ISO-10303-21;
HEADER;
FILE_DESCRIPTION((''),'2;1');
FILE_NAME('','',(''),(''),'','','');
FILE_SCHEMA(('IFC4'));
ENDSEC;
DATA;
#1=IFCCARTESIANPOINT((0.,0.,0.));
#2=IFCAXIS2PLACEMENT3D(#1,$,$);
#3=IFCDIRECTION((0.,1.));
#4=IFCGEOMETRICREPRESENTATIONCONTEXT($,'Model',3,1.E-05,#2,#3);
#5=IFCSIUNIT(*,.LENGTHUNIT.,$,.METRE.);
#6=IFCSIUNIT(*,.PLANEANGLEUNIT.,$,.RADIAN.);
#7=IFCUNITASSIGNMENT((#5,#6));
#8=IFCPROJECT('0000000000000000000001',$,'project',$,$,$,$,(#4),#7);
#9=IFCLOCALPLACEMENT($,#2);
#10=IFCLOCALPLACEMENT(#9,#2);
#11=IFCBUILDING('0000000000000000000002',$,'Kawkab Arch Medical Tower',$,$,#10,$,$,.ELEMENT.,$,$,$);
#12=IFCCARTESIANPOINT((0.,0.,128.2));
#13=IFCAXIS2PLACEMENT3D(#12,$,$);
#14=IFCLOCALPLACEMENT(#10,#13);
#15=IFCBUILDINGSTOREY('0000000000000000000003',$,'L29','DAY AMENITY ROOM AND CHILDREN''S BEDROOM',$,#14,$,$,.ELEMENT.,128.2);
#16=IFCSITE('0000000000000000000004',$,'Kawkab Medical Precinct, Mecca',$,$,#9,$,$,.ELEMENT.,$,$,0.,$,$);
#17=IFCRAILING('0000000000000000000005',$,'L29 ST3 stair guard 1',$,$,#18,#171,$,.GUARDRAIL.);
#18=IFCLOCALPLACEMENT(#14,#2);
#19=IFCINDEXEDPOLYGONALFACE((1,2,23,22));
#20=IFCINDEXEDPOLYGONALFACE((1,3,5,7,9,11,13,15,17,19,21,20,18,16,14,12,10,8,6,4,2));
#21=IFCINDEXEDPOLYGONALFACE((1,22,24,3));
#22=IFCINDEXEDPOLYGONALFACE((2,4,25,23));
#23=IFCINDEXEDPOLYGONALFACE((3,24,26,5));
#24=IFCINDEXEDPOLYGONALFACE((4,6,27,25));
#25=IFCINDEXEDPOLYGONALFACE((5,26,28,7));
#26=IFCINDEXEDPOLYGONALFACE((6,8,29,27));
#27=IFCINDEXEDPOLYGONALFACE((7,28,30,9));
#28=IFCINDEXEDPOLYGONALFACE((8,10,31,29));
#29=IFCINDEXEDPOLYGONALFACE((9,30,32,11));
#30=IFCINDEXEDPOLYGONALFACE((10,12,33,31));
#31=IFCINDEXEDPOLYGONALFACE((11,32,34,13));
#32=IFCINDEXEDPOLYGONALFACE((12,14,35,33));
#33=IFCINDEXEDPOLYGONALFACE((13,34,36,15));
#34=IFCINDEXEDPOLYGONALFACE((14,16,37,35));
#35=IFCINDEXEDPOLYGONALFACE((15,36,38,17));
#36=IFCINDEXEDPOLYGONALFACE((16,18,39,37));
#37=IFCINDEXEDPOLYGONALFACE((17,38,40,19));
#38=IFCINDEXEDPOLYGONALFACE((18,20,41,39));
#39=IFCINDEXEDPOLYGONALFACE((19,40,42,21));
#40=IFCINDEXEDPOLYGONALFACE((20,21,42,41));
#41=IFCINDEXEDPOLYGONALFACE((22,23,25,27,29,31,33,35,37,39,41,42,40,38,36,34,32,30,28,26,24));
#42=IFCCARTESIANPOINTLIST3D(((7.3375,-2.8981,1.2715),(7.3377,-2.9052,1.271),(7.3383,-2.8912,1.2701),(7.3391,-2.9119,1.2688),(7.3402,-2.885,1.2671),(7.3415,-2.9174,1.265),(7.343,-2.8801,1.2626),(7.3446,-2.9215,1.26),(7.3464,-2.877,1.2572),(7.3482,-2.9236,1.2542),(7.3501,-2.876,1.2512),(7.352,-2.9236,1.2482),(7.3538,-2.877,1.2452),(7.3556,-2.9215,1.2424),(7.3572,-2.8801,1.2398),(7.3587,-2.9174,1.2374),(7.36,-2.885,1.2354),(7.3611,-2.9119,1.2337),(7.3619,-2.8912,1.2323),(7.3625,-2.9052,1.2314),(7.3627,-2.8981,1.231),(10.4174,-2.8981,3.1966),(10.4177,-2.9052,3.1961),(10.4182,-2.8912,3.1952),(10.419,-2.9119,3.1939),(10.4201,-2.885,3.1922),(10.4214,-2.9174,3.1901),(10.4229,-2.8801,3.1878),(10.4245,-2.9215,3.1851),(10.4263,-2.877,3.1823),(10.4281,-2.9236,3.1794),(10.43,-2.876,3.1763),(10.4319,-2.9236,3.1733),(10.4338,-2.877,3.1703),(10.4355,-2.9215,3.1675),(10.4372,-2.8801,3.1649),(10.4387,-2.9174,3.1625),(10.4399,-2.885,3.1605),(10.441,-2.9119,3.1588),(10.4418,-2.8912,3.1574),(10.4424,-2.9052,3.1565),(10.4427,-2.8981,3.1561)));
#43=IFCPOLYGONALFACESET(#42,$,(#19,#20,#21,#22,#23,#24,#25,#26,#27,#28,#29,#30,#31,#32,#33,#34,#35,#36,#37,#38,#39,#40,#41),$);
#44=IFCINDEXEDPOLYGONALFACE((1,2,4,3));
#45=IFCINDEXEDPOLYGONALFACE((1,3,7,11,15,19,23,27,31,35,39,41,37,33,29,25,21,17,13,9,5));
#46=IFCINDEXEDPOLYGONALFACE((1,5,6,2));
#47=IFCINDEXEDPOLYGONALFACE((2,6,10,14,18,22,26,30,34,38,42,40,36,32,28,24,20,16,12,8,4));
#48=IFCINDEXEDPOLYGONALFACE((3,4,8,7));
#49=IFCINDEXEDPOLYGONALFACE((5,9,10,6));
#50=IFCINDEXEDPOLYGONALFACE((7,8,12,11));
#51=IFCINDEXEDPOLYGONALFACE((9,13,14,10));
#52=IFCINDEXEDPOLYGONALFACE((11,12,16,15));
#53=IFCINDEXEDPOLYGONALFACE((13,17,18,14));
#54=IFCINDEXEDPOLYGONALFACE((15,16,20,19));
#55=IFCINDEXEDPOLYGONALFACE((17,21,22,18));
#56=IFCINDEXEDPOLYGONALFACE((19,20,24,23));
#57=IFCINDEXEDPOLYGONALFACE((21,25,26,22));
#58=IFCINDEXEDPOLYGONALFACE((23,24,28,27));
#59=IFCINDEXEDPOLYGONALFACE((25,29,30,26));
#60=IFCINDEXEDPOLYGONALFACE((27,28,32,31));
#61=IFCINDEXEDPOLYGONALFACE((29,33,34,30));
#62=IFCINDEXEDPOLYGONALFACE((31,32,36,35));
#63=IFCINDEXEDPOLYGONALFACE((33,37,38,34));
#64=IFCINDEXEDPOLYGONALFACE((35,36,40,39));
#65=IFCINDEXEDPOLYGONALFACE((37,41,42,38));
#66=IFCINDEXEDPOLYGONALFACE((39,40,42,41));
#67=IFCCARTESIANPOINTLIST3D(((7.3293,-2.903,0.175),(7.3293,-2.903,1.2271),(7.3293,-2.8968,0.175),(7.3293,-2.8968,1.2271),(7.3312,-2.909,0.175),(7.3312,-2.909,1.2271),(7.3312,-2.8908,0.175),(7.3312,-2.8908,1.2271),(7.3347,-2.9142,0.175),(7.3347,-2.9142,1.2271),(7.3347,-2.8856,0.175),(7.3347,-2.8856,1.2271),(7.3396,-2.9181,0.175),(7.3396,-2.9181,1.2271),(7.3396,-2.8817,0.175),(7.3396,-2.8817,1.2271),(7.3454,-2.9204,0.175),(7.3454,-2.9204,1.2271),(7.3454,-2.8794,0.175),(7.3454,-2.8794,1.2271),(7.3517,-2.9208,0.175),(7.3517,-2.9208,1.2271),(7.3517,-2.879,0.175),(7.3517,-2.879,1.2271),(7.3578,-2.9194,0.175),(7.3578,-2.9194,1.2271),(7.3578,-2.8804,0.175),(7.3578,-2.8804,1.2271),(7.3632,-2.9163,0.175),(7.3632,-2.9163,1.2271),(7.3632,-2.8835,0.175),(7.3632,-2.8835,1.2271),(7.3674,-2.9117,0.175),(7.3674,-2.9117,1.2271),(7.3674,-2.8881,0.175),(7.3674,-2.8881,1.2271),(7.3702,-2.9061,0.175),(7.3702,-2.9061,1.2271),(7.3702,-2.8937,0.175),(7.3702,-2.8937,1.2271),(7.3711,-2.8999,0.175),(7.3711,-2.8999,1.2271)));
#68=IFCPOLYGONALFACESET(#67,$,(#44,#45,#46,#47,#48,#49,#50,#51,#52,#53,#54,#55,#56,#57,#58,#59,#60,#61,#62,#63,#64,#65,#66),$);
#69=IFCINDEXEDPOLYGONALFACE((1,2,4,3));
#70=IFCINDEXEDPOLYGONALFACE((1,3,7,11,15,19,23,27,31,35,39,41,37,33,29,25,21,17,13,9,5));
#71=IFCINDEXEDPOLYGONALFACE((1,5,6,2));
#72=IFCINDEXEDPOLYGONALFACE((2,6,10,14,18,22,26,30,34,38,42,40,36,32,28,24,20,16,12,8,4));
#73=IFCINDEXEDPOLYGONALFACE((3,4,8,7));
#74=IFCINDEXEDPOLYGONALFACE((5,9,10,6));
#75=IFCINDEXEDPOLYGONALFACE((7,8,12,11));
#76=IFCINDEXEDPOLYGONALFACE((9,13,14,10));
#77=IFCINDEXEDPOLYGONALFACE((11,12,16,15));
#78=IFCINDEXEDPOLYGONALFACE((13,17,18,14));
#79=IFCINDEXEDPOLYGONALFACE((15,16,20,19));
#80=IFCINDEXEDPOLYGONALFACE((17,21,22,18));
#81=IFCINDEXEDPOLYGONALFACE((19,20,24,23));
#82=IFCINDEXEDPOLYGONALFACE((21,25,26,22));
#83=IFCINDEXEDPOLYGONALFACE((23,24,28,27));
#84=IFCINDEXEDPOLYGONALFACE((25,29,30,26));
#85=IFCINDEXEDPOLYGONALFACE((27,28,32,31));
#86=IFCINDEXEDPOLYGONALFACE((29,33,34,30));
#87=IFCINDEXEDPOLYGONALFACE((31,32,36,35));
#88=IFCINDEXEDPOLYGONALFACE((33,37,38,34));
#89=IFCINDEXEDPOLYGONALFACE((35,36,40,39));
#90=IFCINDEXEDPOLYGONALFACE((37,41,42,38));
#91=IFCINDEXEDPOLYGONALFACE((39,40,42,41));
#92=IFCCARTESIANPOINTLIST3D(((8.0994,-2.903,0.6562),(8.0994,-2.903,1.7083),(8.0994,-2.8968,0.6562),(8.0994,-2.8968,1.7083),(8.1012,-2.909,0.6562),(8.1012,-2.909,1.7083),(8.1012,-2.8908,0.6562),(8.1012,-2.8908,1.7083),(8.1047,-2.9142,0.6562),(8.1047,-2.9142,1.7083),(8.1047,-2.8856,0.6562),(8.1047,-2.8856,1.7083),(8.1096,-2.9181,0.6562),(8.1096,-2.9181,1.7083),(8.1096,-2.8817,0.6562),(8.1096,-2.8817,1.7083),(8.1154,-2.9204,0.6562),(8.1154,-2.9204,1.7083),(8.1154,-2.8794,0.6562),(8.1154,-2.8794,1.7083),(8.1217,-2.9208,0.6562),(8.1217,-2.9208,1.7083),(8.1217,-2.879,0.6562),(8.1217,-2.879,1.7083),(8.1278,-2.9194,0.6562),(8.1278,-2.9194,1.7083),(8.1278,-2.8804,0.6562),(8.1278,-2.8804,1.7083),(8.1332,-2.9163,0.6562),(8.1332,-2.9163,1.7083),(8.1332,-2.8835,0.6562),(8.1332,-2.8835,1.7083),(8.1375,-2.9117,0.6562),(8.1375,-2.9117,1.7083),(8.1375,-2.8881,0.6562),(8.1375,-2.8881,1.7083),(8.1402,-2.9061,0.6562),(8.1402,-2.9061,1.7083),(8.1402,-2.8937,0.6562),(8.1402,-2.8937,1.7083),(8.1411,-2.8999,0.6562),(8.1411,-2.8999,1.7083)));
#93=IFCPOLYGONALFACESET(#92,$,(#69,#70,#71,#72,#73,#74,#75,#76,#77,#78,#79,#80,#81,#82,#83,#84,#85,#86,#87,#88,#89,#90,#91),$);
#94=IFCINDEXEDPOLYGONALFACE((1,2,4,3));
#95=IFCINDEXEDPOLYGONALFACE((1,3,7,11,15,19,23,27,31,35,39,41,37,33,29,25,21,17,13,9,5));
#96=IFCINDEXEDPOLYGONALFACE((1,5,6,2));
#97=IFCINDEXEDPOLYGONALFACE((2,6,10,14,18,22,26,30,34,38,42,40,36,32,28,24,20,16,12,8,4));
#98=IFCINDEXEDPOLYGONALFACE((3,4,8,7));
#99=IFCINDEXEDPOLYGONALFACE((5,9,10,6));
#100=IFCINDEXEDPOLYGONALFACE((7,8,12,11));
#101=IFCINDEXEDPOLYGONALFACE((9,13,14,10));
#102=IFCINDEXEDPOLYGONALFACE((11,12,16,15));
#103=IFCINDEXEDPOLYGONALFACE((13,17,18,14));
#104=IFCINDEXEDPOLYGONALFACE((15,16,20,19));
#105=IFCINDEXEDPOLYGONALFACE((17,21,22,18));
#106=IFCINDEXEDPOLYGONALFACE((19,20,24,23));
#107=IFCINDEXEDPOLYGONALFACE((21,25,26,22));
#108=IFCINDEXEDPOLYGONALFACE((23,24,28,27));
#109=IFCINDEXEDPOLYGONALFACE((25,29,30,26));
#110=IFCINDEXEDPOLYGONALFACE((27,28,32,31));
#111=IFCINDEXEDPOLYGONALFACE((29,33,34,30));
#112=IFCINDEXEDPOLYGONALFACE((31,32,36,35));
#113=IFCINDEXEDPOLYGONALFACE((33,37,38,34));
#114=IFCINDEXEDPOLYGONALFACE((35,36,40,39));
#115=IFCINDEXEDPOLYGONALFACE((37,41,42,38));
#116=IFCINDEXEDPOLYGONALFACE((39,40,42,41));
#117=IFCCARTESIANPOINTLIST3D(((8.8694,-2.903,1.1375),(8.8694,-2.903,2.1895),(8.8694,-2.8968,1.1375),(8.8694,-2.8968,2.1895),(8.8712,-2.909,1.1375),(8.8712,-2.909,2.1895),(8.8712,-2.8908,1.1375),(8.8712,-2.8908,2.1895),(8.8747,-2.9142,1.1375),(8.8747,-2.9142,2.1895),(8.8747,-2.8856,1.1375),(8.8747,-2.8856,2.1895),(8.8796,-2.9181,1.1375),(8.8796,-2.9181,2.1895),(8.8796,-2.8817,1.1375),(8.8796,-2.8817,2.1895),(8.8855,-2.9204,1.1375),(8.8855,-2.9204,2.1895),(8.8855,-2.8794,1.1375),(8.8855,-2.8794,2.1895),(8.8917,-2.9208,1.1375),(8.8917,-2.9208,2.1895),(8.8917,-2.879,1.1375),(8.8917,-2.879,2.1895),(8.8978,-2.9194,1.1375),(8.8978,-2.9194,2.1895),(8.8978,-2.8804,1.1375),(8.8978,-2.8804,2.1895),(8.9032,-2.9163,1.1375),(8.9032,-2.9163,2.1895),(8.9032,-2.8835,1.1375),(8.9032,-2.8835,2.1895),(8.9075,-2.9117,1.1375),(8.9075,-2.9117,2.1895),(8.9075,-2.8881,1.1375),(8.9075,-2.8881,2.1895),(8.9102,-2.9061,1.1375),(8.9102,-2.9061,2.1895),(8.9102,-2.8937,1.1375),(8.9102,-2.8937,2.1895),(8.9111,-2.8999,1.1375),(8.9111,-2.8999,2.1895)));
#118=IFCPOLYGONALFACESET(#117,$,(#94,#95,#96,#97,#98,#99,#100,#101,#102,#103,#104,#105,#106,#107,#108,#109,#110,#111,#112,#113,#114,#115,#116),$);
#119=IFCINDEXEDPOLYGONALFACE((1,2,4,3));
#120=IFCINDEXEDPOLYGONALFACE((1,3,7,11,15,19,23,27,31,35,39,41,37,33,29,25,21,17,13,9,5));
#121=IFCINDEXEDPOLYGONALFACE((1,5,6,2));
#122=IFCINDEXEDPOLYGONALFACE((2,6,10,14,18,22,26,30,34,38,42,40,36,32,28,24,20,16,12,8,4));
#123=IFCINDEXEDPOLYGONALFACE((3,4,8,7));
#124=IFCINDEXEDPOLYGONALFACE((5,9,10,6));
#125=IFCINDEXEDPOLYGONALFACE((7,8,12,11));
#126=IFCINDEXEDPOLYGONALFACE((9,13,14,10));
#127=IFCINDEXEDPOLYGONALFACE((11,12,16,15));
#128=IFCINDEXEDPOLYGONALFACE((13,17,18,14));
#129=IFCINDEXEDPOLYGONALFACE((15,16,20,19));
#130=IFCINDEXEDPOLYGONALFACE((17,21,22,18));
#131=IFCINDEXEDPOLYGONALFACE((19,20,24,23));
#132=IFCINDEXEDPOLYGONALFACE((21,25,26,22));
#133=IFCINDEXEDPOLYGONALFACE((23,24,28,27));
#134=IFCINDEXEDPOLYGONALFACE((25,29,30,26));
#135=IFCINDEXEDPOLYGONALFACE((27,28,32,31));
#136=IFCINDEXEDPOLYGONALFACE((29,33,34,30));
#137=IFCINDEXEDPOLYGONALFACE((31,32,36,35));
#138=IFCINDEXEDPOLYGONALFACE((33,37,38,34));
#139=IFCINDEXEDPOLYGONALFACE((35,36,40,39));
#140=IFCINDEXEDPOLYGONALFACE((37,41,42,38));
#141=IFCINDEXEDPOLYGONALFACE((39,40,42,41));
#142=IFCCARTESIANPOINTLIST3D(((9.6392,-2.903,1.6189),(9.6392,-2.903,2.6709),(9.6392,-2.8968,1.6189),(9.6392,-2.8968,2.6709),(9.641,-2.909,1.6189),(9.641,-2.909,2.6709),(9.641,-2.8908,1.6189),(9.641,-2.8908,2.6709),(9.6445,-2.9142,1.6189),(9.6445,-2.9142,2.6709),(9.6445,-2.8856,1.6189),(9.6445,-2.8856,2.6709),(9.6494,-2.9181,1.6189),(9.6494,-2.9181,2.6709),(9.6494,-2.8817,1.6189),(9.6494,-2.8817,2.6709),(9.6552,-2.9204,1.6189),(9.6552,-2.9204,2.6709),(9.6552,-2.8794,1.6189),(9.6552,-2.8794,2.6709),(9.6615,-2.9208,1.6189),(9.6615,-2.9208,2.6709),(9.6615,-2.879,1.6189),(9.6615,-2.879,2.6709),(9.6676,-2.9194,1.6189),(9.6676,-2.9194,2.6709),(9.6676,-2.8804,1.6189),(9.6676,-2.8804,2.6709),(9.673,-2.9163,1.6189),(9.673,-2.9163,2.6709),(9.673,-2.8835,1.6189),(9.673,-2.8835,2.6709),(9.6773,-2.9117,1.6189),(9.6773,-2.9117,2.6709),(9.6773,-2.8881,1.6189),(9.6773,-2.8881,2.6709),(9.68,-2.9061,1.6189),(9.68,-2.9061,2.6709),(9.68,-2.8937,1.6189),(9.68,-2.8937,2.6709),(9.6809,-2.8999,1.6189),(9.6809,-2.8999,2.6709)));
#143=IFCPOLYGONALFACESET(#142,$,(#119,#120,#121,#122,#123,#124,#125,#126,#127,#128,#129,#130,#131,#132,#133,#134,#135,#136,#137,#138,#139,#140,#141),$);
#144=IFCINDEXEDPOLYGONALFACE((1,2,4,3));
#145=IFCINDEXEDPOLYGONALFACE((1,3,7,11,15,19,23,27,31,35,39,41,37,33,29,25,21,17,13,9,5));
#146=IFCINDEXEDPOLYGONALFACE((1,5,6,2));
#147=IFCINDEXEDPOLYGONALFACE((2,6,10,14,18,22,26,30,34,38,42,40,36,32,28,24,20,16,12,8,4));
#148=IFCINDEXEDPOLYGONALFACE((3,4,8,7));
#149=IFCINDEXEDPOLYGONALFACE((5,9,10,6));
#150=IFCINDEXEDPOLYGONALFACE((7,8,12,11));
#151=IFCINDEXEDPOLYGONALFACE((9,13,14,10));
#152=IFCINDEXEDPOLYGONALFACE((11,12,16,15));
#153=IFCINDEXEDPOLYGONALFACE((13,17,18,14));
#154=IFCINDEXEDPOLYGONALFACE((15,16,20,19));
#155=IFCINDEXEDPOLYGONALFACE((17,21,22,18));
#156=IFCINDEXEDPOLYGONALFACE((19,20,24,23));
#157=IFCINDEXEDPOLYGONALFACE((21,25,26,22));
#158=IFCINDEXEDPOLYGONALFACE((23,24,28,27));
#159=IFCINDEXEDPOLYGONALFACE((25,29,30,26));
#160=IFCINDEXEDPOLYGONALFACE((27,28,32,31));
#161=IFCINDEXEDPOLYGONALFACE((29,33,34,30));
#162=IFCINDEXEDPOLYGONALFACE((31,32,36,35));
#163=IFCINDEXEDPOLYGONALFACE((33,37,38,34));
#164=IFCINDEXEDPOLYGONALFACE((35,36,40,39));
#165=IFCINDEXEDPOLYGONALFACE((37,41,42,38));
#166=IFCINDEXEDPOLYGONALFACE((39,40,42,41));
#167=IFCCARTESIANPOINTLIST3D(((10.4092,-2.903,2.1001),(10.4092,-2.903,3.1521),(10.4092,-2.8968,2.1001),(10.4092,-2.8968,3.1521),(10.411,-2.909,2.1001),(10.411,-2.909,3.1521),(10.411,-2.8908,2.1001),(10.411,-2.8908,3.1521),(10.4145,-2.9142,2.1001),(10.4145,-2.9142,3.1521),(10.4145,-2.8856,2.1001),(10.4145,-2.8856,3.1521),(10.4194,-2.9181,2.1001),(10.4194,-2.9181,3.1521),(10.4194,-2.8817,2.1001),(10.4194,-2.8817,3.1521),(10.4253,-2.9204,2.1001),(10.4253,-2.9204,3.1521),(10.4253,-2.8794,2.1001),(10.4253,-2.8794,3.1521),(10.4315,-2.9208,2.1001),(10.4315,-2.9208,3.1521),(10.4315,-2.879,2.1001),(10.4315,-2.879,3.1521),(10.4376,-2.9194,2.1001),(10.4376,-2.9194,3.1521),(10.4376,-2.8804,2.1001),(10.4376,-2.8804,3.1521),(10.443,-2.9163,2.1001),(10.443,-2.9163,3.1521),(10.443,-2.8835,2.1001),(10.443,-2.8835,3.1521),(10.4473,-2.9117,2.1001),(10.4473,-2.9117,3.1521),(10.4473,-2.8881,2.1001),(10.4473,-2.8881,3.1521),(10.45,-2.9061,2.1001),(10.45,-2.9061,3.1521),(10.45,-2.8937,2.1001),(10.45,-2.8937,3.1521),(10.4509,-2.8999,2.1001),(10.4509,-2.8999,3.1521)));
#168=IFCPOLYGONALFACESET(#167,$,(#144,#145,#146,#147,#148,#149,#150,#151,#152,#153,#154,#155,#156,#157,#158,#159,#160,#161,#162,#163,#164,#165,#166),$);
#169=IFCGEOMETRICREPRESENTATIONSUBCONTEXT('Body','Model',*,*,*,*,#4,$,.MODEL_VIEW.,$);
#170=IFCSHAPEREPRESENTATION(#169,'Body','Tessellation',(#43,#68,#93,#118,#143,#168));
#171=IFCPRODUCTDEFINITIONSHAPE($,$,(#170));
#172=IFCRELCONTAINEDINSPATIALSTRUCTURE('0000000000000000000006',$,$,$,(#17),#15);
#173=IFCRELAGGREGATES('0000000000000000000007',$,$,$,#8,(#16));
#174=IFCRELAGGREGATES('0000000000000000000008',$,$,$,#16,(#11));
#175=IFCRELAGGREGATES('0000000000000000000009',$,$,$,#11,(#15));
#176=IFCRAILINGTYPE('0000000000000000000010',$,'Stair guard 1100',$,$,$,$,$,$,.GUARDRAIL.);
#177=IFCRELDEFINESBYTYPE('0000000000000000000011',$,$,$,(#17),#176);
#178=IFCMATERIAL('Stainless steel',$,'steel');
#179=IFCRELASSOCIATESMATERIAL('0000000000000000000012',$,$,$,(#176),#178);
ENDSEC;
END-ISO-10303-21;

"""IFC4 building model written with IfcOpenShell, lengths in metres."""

from ifc_helpers import new_model, si_unit, direction, frame, origin, origin_2d, place, context, subcontext, project, spatial, circle, extrude, material, type_object, element, save


model = new_model("IFC4")

# Units and contexts
model_context = context("Model", 3, precision=1e-05, world=origin(), true_north=direction((0.0, 1.0)))
body_context = subcontext(model_context, "Body", "Model", "MODEL_VIEW")
ifc_project = project(units=[si_unit("LENGTHUNIT", "METRE"), si_unit("PLANEANGLEUNIT", "RADIAN")], contexts=[model_context])

# Site, building, storey
site_placement = place(None, origin())
site = spatial("IfcSite", under=ifc_project, at=site_placement, Name="Kawkab Medical Precinct, Mecca", CompositionType="ELEMENT", RefElevation=0.0)
building_placement = place(site_placement, origin())
building = spatial("IfcBuilding", under=site, at=building_placement, Name="Kawkab Arch Medical Tower", CompositionType="ELEMENT")
storey_placement = place(building_placement, frame((0.0, 0.0, 128.2)))
storey = spatial("IfcBuildingStorey", under=building, at=storey_placement, Name="L29", Description="DAY AMENITY ROOM AND CHILDREN'S BEDROOM", CompositionType="ELEMENT", Elevation=128.2)

# Railing
ifc_material_1 = material(Name="Stainless steel", Category="steel")
railing_type_1 = type_object("IfcRailingType", Name="Stair guard 1100", PredefinedType="GUARDRAIL", material=ifc_material_1)
railing_1_placement = place(storey_placement, frame((7.3501, -2.8999, 0.175)))
element("IfcRailing", 1, at=railing_1_placement, inside=storey, type_object=railing_type_1, Name="L29 ST3 stair guard 1", PredefinedType="GUARDRAIL", context=body_context, shape_type="SweptSolid", body=[
    extrude(circle(Radius=0.0239, at=origin_2d()), frame((0.0, 0.0, 1.0762), z_axis=(0.847979, 0.0, 0.530029), x_axis=(0.0, 1.0, 0.0)), (0.0, 0.0, 1.0), 3.6321),
    extrude(circle(Radius=0.021, at=origin_2d()), origin(), (0.0, 0.0, 1.0), 1.052),
    extrude(circle(Radius=0.021, at=origin_2d()), frame((0.77, 0.0, 0.4812)), (0.0, 0.0, 1.0), 1.052),
    extrude(circle(Radius=0.021, at=origin_2d()), frame((1.54, 0.0, 0.9624)), (0.0, 0.0, 1.0), 1.052),
    extrude(circle(Radius=0.021, at=origin_2d()), frame((2.3098, 0.0, 1.4438)), (0.0, 0.0, 1.0), 1.052),
    extrude(circle(Radius=0.021, at=origin_2d()), frame((3.0798, 0.0, 1.925)), (0.0, 0.0, 1.0), 1.052),
])

save(model, "model.ifc")
